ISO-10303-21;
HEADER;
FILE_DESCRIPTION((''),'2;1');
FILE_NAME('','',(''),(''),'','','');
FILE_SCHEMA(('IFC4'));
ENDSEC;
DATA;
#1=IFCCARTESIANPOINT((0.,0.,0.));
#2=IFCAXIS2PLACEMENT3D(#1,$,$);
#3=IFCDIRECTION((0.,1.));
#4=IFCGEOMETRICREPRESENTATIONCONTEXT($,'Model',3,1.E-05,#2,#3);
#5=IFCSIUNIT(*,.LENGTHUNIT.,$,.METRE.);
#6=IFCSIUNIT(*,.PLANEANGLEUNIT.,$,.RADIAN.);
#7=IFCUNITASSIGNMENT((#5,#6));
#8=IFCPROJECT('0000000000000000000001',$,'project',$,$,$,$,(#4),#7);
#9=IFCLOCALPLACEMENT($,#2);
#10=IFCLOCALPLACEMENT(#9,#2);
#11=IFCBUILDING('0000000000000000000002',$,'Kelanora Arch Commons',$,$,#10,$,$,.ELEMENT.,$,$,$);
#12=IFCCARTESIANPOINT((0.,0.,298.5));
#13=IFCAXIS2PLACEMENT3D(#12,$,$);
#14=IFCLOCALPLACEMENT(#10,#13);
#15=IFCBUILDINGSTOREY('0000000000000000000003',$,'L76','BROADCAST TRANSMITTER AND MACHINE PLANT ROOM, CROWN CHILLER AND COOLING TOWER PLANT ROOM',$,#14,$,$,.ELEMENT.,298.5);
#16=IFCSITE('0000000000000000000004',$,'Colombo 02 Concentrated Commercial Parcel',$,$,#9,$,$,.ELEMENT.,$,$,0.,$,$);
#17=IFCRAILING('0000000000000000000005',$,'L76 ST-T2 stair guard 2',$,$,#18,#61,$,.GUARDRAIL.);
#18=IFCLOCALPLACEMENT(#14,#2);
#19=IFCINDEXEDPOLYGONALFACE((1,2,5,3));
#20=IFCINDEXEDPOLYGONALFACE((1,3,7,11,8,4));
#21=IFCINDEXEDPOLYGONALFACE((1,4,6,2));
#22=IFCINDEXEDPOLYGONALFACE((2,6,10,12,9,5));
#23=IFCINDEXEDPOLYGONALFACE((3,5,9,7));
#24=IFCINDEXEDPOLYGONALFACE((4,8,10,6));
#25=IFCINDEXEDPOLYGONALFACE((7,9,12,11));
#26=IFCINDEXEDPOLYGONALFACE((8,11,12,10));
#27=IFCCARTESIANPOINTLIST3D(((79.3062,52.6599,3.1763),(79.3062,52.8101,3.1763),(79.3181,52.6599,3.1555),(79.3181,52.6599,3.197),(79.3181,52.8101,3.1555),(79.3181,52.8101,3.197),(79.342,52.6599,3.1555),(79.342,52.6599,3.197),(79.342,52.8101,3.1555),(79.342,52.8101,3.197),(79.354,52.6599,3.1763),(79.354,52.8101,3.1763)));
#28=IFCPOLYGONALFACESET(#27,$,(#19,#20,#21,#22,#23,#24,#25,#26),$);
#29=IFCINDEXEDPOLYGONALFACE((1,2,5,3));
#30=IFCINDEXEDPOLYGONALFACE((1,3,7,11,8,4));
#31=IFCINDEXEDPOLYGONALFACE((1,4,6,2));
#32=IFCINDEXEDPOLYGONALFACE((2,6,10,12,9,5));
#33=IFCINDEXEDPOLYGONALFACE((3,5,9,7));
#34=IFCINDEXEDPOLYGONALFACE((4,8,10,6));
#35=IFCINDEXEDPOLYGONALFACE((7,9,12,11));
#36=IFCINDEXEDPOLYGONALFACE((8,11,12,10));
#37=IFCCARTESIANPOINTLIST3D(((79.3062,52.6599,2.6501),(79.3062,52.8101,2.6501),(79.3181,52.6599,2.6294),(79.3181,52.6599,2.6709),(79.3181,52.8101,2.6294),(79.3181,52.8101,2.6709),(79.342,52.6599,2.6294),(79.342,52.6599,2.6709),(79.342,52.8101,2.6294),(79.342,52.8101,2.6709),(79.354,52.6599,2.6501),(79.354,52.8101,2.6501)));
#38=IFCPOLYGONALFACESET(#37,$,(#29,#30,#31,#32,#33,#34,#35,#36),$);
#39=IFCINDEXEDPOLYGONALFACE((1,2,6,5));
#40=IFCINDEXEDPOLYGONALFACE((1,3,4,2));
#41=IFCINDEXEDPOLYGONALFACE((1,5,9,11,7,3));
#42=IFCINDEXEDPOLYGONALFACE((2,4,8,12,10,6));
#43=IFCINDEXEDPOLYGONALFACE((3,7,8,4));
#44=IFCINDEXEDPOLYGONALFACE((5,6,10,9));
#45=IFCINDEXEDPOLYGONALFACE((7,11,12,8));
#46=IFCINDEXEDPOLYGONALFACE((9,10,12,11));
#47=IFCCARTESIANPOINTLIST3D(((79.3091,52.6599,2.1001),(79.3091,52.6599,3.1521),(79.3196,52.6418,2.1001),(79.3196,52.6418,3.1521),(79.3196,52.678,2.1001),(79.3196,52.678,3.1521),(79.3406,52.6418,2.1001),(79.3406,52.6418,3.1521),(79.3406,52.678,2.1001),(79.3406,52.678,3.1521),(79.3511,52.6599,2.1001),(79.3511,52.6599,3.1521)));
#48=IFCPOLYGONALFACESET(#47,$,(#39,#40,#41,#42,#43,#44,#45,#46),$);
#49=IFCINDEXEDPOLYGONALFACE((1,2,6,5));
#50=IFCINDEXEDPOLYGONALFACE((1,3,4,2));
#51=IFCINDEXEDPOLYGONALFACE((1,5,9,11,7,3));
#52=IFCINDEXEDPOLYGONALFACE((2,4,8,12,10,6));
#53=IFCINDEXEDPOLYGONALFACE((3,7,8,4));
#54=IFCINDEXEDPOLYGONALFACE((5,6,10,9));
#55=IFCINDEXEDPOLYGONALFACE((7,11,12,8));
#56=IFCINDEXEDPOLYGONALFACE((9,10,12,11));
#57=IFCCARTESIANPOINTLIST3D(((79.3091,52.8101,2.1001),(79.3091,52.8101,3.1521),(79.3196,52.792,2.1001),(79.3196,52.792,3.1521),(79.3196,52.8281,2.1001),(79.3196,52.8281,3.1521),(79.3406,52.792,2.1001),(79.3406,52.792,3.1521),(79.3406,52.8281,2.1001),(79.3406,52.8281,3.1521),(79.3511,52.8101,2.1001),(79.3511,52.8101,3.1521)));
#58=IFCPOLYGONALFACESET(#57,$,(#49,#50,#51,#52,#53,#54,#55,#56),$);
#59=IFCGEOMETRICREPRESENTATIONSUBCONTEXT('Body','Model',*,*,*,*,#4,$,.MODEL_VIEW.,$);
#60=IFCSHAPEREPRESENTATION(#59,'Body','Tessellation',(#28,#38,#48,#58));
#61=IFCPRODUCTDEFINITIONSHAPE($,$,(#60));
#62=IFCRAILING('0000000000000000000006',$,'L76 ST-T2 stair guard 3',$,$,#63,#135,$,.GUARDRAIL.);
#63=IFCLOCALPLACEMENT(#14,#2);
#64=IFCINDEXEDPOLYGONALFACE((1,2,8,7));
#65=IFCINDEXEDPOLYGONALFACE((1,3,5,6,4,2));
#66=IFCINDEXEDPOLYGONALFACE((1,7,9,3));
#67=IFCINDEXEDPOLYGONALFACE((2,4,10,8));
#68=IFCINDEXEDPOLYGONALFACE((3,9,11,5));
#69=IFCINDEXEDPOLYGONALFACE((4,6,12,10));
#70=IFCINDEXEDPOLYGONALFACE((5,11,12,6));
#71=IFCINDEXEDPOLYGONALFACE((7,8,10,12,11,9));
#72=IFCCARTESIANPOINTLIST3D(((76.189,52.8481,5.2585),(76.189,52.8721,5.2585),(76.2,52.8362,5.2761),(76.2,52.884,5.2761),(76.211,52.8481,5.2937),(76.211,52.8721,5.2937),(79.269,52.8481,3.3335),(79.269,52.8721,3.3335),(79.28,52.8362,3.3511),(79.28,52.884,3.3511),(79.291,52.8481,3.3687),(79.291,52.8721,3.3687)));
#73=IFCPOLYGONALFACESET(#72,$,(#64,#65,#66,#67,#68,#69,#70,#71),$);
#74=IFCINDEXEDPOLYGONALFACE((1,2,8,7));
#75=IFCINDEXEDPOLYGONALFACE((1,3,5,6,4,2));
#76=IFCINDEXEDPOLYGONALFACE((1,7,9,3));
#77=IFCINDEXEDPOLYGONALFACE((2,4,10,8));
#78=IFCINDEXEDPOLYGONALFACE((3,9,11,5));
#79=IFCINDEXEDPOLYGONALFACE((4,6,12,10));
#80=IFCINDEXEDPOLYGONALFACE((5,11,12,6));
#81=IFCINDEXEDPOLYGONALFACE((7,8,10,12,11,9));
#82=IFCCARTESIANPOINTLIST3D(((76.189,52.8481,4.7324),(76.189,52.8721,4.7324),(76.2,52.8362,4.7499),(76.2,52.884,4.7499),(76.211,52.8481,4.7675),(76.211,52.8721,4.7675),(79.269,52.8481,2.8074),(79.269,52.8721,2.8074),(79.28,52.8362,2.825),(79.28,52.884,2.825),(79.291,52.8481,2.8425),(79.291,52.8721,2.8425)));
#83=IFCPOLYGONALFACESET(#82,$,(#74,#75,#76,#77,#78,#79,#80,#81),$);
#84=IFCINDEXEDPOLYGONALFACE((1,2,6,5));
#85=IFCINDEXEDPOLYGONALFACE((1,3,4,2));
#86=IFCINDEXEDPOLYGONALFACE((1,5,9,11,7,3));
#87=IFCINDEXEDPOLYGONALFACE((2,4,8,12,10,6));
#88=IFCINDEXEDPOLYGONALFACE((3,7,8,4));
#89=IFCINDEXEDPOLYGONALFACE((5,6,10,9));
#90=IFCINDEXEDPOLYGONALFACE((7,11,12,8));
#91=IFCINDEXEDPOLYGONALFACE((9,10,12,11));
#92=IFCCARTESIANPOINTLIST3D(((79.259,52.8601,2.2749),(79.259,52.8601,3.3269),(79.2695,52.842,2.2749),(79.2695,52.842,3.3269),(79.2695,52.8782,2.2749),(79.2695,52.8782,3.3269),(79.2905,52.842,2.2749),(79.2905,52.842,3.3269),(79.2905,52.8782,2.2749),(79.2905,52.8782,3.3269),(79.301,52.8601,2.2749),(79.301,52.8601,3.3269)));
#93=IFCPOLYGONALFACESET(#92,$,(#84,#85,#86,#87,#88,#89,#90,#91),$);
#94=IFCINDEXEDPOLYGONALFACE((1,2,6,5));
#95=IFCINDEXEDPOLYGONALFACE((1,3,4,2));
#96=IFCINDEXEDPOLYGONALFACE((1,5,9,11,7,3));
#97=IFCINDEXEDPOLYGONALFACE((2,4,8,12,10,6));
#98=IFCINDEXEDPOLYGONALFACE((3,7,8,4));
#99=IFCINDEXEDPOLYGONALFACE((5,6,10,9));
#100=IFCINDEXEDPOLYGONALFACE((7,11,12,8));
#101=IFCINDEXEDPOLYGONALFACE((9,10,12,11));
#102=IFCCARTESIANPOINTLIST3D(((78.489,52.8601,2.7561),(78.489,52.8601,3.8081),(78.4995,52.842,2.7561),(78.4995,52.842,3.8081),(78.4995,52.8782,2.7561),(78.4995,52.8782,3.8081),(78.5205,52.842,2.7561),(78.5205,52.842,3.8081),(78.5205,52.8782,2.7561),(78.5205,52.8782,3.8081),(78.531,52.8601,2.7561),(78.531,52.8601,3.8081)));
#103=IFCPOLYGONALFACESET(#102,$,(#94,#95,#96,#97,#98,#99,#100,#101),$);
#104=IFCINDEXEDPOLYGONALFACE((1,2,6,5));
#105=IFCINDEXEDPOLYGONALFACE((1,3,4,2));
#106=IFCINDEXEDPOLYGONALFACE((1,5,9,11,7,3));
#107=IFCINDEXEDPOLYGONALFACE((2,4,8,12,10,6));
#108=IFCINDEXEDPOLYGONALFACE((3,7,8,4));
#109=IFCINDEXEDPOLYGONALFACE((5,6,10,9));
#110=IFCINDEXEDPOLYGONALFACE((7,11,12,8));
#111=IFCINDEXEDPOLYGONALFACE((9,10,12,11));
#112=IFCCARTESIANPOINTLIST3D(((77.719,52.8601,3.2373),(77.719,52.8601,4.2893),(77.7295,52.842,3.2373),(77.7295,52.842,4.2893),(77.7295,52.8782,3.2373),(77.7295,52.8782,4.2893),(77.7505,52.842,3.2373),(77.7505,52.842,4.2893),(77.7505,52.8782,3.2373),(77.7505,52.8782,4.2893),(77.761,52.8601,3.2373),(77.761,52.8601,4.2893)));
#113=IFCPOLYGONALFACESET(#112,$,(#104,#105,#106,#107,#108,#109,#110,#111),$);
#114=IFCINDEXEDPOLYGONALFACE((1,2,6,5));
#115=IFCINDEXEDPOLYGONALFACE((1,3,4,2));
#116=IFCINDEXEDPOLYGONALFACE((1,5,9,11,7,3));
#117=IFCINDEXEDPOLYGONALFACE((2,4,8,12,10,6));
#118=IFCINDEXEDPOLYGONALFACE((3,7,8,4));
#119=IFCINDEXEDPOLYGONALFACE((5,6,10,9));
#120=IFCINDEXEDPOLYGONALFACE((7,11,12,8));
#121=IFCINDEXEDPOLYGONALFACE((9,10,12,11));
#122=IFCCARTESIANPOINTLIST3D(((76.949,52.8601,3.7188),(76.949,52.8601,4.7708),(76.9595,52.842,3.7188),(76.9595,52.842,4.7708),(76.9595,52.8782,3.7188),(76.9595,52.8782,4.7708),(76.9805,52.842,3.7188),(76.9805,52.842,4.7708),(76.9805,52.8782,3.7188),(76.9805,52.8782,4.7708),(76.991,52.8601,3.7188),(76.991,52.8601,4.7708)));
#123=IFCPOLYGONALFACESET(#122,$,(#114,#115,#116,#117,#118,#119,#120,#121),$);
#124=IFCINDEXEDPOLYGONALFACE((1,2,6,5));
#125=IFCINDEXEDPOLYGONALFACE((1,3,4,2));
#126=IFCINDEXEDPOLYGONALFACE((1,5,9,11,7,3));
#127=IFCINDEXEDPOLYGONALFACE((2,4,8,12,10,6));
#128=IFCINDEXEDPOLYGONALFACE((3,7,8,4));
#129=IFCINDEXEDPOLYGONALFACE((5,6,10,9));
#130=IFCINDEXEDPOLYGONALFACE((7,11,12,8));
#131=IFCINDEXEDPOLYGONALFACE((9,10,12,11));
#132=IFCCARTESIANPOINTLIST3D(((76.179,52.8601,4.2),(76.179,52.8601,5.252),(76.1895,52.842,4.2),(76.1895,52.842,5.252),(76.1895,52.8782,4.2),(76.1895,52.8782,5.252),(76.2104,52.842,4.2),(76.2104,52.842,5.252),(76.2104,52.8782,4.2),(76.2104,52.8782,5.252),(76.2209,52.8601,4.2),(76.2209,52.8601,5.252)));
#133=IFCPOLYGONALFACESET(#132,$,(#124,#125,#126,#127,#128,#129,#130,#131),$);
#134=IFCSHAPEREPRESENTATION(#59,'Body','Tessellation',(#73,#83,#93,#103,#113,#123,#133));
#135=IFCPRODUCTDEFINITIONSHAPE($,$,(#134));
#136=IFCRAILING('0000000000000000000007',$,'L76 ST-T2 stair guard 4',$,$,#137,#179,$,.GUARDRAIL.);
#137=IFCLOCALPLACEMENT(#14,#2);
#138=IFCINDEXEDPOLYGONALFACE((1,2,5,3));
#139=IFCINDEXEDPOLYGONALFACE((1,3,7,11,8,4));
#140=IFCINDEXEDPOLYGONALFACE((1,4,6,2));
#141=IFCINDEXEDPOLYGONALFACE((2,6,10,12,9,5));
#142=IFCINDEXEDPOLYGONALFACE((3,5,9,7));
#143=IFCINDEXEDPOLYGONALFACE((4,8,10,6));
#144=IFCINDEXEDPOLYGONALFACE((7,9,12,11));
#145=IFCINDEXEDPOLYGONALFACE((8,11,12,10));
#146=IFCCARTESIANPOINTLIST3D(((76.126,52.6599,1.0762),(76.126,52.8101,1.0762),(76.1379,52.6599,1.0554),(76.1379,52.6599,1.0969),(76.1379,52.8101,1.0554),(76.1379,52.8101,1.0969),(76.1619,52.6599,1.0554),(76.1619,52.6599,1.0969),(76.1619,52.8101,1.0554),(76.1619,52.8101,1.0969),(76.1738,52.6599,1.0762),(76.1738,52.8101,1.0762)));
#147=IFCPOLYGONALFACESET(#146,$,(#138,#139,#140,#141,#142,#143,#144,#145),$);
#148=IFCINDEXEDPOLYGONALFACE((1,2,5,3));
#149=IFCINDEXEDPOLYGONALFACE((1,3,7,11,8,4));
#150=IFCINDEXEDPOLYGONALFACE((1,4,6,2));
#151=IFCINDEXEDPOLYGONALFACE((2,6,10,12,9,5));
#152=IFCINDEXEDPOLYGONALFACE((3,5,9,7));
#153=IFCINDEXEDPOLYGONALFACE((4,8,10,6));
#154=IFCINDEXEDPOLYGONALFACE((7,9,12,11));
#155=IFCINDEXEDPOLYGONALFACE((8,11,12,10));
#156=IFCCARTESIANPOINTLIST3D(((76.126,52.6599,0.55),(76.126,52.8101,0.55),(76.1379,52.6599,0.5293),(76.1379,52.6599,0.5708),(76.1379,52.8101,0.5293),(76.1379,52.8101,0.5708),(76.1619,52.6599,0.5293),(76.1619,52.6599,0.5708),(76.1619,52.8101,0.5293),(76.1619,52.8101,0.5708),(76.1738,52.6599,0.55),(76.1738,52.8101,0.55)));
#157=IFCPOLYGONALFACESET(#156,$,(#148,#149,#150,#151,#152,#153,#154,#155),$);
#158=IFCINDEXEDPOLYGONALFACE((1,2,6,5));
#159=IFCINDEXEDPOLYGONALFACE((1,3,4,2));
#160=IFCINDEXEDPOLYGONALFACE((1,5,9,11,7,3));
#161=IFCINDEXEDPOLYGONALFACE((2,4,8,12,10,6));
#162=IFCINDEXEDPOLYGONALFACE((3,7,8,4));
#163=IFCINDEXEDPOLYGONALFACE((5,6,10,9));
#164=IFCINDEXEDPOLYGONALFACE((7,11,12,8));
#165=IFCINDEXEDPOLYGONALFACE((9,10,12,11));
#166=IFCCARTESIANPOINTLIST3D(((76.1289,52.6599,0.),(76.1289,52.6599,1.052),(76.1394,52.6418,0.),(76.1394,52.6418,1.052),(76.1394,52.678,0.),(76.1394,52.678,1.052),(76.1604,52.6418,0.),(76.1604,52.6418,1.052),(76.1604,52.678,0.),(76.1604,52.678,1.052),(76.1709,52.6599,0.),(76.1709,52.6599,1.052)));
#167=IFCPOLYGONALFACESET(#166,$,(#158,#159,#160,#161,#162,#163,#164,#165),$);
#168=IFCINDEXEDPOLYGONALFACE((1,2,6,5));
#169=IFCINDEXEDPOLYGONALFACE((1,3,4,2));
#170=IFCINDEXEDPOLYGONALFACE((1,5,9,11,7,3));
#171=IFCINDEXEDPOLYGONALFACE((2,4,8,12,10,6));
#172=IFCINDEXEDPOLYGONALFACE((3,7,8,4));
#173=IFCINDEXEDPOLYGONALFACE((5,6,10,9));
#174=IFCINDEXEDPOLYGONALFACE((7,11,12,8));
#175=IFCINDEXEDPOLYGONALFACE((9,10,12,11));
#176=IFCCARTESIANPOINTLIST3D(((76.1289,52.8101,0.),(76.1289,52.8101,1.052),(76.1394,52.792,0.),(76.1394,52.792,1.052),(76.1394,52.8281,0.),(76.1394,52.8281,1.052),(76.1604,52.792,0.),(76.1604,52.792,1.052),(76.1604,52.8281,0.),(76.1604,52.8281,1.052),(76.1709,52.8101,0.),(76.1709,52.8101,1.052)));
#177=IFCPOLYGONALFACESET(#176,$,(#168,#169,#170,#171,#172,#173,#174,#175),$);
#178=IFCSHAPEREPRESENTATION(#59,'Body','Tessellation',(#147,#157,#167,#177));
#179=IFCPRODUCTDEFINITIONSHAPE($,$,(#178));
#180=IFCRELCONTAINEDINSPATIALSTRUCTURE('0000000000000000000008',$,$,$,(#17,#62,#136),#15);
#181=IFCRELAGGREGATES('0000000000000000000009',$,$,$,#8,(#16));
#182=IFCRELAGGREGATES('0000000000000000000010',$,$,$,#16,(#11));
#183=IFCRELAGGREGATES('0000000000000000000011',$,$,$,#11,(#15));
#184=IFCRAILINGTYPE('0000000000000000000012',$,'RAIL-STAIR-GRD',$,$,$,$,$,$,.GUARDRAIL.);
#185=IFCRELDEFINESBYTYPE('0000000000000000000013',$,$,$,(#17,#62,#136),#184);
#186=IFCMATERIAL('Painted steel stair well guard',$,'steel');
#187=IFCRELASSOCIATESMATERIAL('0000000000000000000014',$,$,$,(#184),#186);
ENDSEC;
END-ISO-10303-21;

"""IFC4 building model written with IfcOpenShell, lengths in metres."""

from ifc_helpers import new_model, si_unit, direction, frame, origin, place, context, subcontext, project, spatial, polyline, outline, extrude, material, type_object, element, save


model = new_model("IFC4")

# Units and contexts
model_context = context("Model", 3, precision=1e-05, world=origin(), true_north=direction((0.0, 1.0)))
body_context = subcontext(model_context, "Body", "Model", "MODEL_VIEW")
ifc_project = project(units=[si_unit("LENGTHUNIT", "METRE"), si_unit("PLANEANGLEUNIT", "RADIAN")], contexts=[model_context])

# Site, building, storey
site_placement = place(None, origin())
site = spatial("IfcSite", under=ifc_project, at=site_placement, Name="Colombo 02 Concentrated Commercial Parcel", CompositionType="ELEMENT", RefElevation=0.0)
building_placement = place(site_placement, origin())
building = spatial("IfcBuilding", under=site, at=building_placement, Name="Kelanora Arch Commons", CompositionType="ELEMENT")
storey_placement = place(building_placement, frame((0.0, 0.0, 298.5)))
storey = spatial("IfcBuildingStorey", under=building, at=storey_placement, Name="L76", Description="BROADCAST TRANSMITTER AND MACHINE PLANT ROOM, CROWN CHILLER AND COOLING TOWER PLANT ROOM", CompositionType="ELEMENT", Elevation=298.5)

# Railings
ifc_material_1 = material(Name="Painted steel stair well guard", Category="steel")
railing_type_1 = type_object("IfcRailingType", Name="RAIL-STAIR-GRD", PredefinedType="GUARDRAIL", material=ifc_material_1)
railing_1_placement = place(storey_placement, frame((79.3301, 52.6599, 2.1001)))
element("IfcRailing", 1, at=railing_1_placement, inside=storey, type_object=railing_type_1, Name="L76 ST-T2 stair guard 2", PredefinedType="GUARDRAIL", context=body_context, shape_type="SweptSolid", body=[
    extrude(outline(polyline([(0.0239, 0.0), (0.012, 0.0208), (-0.012, 0.0208), (-0.0239, 0.0), (-0.012, -0.0208), (0.012, -0.0208), (0.0239, 0.0)])), frame((0.0, 0.0, 1.0762), z_axis=(0.0, 1.0, 0.0), x_axis=(-1.0, 0.0, 0.0)), (0.0, 0.0, 1.0), 0.1501),
    extrude(outline(polyline([(0.0239, 0.0), (0.012, 0.0208), (-0.012, 0.0208), (-0.0239, 0.0), (-0.012, -0.0208), (0.012, -0.0208), (0.0239, 0.0)])), frame((0.0, 0.0, 0.55), z_axis=(0.0, 1.0, 0.0), x_axis=(-1.0, 0.0, 0.0)), (0.0, 0.0, 1.0), 0.1501),
    extrude(outline(polyline([(0.021, 0.0), (0.0105, 0.0181), (-0.0105, 0.0181), (-0.021, 0.0), (-0.0105, -0.0181), (0.0105, -0.0181), (0.021, 0.0)])), origin(), (0.0, 0.0, 1.0), 1.052),
    extrude(outline(polyline([(0.021, 0.0), (0.0105, 0.0181), (-0.0105, 0.0181), (-0.021, 0.0), (-0.0105, -0.0181), (0.0105, -0.0181), (0.021, 0.0)])), frame((0.0, 0.1501, 0.0)), (0.0, 0.0, 1.0), 1.052),
])
railing_2_placement = place(storey_placement, frame((79.28, 52.8601, 2.2749)))
element("IfcRailing", 2, at=railing_2_placement, inside=storey, type_object=railing_type_1, Name="L76 ST-T2 stair guard 3", PredefinedType="GUARDRAIL", context=body_context, shape_type="SweptSolid", body=[
    extrude(outline(polyline([(0.0239, 0.0), (0.012, 0.0208), (-0.012, 0.0208), (-0.0239, 0.0), (-0.012, -0.0208), (0.012, -0.0208), (0.0239, 0.0)])), frame((0.0, 0.0, 1.0762), z_axis=(-0.847998, 0.0, 0.529999), x_axis=(0.0, -1.0, 0.0)), (0.0, 0.0, 1.0), 3.6321),
    extrude(outline(polyline([(0.0239, 0.0), (0.012, 0.0208), (-0.012, 0.0208), (-0.0239, 0.0), (-0.012, -0.0208), (0.012, -0.0208), (0.0239, 0.0)])), frame((0.0, 0.0, 0.55), z_axis=(-0.847998, 0.0, 0.529999), x_axis=(0.0, -1.0, 0.0)), (0.0, 0.0, 1.0), 3.6321),
    extrude(outline(polyline([(0.021, 0.0), (0.0105, 0.0181), (-0.0105, 0.0181), (-0.021, 0.0), (-0.0105, -0.0181), (0.0105, -0.0181), (0.021, 0.0)])), origin(), (0.0, 0.0, 1.0), 1.052),
    extrude(outline(polyline([(0.021, 0.0), (0.0105, 0.0181), (-0.0105, 0.0181), (-0.021, 0.0), (-0.0105, -0.0181), (0.0105, -0.0181), (0.021, 0.0)])), frame((-0.77, 0.0, 0.4812)), (0.0, 0.0, 1.0), 1.052),
    extrude(outline(polyline([(0.021, 0.0), (0.0105, 0.0181), (-0.0105, 0.0181), (-0.021, 0.0), (-0.0105, -0.0181), (0.0105, -0.0181), (0.021, 0.0)])), frame((-1.54, 0.0, 0.9624)), (0.0, 0.0, 1.0), 1.052),
    extrude(outline(polyline([(0.021, 0.0), (0.0105, 0.0181), (-0.0105, 0.0181), (-0.021, 0.0), (-0.0105, -0.0181), (0.0105, -0.0181), (0.021, 0.0)])), frame((-2.3101, 0.0, 1.4438)), (0.0, 0.0, 1.0), 1.052),
    extrude(outline(polyline([(0.021, 0.0), (0.0105, 0.0181), (-0.0105, 0.0181), (-0.021, 0.0), (-0.0105, -0.0181), (0.0105, -0.0181), (0.021, 0.0)])), frame((-3.0801, 0.0, 1.925)), (0.0, 0.0, 1.0), 1.052),
])
railing_3_placement = place(storey_placement, frame((76.1499, 52.6599, 0.0)))
element("IfcRailing", 3, at=railing_3_placement, inside=storey, type_object=railing_type_1, Name="L76 ST-T2 stair guard 4", PredefinedType="GUARDRAIL", context=body_context, shape_type="SweptSolid", body=[
    extrude(outline(polyline([(0.0239, 0.0), (0.012, 0.0208), (-0.012, 0.0208), (-0.0239, 0.0), (-0.012, -0.0208), (0.012, -0.0208), (0.0239, 0.0)])), frame((0.0, 0.0, 1.0762), z_axis=(0.0, 1.0, 0.0), x_axis=(-1.0, 0.0, 0.0)), (0.0, 0.0, 1.0), 0.1501),
    extrude(outline(polyline([(0.0239, 0.0), (0.012, 0.0208), (-0.012, 0.0208), (-0.0239, 0.0), (-0.012, -0.0208), (0.012, -0.0208), (0.0239, 0.0)])), frame((0.0, 0.0, 0.55), z_axis=(0.0, 1.0, 0.0), x_axis=(-1.0, 0.0, 0.0)), (0.0, 0.0, 1.0), 0.1501),
    extrude(outline(polyline([(0.021, 0.0), (0.0105, 0.0181), (-0.0105, 0.0181), (-0.021, 0.0), (-0.0105, -0.0181), (0.0105, -0.0181), (0.021, 0.0)])), origin(), (0.0, 0.0, 1.0), 1.052),
    extrude(outline(polyline([(0.021, 0.0), (0.0105, 0.0181), (-0.0105, 0.0181), (-0.021, 0.0), (-0.0105, -0.0181), (0.0105, -0.0181), (0.021, 0.0)])), frame((0.0, 0.1501, 0.0)), (0.0, 0.0, 1.0), 1.052),
])

save(model, "model.ifc")
